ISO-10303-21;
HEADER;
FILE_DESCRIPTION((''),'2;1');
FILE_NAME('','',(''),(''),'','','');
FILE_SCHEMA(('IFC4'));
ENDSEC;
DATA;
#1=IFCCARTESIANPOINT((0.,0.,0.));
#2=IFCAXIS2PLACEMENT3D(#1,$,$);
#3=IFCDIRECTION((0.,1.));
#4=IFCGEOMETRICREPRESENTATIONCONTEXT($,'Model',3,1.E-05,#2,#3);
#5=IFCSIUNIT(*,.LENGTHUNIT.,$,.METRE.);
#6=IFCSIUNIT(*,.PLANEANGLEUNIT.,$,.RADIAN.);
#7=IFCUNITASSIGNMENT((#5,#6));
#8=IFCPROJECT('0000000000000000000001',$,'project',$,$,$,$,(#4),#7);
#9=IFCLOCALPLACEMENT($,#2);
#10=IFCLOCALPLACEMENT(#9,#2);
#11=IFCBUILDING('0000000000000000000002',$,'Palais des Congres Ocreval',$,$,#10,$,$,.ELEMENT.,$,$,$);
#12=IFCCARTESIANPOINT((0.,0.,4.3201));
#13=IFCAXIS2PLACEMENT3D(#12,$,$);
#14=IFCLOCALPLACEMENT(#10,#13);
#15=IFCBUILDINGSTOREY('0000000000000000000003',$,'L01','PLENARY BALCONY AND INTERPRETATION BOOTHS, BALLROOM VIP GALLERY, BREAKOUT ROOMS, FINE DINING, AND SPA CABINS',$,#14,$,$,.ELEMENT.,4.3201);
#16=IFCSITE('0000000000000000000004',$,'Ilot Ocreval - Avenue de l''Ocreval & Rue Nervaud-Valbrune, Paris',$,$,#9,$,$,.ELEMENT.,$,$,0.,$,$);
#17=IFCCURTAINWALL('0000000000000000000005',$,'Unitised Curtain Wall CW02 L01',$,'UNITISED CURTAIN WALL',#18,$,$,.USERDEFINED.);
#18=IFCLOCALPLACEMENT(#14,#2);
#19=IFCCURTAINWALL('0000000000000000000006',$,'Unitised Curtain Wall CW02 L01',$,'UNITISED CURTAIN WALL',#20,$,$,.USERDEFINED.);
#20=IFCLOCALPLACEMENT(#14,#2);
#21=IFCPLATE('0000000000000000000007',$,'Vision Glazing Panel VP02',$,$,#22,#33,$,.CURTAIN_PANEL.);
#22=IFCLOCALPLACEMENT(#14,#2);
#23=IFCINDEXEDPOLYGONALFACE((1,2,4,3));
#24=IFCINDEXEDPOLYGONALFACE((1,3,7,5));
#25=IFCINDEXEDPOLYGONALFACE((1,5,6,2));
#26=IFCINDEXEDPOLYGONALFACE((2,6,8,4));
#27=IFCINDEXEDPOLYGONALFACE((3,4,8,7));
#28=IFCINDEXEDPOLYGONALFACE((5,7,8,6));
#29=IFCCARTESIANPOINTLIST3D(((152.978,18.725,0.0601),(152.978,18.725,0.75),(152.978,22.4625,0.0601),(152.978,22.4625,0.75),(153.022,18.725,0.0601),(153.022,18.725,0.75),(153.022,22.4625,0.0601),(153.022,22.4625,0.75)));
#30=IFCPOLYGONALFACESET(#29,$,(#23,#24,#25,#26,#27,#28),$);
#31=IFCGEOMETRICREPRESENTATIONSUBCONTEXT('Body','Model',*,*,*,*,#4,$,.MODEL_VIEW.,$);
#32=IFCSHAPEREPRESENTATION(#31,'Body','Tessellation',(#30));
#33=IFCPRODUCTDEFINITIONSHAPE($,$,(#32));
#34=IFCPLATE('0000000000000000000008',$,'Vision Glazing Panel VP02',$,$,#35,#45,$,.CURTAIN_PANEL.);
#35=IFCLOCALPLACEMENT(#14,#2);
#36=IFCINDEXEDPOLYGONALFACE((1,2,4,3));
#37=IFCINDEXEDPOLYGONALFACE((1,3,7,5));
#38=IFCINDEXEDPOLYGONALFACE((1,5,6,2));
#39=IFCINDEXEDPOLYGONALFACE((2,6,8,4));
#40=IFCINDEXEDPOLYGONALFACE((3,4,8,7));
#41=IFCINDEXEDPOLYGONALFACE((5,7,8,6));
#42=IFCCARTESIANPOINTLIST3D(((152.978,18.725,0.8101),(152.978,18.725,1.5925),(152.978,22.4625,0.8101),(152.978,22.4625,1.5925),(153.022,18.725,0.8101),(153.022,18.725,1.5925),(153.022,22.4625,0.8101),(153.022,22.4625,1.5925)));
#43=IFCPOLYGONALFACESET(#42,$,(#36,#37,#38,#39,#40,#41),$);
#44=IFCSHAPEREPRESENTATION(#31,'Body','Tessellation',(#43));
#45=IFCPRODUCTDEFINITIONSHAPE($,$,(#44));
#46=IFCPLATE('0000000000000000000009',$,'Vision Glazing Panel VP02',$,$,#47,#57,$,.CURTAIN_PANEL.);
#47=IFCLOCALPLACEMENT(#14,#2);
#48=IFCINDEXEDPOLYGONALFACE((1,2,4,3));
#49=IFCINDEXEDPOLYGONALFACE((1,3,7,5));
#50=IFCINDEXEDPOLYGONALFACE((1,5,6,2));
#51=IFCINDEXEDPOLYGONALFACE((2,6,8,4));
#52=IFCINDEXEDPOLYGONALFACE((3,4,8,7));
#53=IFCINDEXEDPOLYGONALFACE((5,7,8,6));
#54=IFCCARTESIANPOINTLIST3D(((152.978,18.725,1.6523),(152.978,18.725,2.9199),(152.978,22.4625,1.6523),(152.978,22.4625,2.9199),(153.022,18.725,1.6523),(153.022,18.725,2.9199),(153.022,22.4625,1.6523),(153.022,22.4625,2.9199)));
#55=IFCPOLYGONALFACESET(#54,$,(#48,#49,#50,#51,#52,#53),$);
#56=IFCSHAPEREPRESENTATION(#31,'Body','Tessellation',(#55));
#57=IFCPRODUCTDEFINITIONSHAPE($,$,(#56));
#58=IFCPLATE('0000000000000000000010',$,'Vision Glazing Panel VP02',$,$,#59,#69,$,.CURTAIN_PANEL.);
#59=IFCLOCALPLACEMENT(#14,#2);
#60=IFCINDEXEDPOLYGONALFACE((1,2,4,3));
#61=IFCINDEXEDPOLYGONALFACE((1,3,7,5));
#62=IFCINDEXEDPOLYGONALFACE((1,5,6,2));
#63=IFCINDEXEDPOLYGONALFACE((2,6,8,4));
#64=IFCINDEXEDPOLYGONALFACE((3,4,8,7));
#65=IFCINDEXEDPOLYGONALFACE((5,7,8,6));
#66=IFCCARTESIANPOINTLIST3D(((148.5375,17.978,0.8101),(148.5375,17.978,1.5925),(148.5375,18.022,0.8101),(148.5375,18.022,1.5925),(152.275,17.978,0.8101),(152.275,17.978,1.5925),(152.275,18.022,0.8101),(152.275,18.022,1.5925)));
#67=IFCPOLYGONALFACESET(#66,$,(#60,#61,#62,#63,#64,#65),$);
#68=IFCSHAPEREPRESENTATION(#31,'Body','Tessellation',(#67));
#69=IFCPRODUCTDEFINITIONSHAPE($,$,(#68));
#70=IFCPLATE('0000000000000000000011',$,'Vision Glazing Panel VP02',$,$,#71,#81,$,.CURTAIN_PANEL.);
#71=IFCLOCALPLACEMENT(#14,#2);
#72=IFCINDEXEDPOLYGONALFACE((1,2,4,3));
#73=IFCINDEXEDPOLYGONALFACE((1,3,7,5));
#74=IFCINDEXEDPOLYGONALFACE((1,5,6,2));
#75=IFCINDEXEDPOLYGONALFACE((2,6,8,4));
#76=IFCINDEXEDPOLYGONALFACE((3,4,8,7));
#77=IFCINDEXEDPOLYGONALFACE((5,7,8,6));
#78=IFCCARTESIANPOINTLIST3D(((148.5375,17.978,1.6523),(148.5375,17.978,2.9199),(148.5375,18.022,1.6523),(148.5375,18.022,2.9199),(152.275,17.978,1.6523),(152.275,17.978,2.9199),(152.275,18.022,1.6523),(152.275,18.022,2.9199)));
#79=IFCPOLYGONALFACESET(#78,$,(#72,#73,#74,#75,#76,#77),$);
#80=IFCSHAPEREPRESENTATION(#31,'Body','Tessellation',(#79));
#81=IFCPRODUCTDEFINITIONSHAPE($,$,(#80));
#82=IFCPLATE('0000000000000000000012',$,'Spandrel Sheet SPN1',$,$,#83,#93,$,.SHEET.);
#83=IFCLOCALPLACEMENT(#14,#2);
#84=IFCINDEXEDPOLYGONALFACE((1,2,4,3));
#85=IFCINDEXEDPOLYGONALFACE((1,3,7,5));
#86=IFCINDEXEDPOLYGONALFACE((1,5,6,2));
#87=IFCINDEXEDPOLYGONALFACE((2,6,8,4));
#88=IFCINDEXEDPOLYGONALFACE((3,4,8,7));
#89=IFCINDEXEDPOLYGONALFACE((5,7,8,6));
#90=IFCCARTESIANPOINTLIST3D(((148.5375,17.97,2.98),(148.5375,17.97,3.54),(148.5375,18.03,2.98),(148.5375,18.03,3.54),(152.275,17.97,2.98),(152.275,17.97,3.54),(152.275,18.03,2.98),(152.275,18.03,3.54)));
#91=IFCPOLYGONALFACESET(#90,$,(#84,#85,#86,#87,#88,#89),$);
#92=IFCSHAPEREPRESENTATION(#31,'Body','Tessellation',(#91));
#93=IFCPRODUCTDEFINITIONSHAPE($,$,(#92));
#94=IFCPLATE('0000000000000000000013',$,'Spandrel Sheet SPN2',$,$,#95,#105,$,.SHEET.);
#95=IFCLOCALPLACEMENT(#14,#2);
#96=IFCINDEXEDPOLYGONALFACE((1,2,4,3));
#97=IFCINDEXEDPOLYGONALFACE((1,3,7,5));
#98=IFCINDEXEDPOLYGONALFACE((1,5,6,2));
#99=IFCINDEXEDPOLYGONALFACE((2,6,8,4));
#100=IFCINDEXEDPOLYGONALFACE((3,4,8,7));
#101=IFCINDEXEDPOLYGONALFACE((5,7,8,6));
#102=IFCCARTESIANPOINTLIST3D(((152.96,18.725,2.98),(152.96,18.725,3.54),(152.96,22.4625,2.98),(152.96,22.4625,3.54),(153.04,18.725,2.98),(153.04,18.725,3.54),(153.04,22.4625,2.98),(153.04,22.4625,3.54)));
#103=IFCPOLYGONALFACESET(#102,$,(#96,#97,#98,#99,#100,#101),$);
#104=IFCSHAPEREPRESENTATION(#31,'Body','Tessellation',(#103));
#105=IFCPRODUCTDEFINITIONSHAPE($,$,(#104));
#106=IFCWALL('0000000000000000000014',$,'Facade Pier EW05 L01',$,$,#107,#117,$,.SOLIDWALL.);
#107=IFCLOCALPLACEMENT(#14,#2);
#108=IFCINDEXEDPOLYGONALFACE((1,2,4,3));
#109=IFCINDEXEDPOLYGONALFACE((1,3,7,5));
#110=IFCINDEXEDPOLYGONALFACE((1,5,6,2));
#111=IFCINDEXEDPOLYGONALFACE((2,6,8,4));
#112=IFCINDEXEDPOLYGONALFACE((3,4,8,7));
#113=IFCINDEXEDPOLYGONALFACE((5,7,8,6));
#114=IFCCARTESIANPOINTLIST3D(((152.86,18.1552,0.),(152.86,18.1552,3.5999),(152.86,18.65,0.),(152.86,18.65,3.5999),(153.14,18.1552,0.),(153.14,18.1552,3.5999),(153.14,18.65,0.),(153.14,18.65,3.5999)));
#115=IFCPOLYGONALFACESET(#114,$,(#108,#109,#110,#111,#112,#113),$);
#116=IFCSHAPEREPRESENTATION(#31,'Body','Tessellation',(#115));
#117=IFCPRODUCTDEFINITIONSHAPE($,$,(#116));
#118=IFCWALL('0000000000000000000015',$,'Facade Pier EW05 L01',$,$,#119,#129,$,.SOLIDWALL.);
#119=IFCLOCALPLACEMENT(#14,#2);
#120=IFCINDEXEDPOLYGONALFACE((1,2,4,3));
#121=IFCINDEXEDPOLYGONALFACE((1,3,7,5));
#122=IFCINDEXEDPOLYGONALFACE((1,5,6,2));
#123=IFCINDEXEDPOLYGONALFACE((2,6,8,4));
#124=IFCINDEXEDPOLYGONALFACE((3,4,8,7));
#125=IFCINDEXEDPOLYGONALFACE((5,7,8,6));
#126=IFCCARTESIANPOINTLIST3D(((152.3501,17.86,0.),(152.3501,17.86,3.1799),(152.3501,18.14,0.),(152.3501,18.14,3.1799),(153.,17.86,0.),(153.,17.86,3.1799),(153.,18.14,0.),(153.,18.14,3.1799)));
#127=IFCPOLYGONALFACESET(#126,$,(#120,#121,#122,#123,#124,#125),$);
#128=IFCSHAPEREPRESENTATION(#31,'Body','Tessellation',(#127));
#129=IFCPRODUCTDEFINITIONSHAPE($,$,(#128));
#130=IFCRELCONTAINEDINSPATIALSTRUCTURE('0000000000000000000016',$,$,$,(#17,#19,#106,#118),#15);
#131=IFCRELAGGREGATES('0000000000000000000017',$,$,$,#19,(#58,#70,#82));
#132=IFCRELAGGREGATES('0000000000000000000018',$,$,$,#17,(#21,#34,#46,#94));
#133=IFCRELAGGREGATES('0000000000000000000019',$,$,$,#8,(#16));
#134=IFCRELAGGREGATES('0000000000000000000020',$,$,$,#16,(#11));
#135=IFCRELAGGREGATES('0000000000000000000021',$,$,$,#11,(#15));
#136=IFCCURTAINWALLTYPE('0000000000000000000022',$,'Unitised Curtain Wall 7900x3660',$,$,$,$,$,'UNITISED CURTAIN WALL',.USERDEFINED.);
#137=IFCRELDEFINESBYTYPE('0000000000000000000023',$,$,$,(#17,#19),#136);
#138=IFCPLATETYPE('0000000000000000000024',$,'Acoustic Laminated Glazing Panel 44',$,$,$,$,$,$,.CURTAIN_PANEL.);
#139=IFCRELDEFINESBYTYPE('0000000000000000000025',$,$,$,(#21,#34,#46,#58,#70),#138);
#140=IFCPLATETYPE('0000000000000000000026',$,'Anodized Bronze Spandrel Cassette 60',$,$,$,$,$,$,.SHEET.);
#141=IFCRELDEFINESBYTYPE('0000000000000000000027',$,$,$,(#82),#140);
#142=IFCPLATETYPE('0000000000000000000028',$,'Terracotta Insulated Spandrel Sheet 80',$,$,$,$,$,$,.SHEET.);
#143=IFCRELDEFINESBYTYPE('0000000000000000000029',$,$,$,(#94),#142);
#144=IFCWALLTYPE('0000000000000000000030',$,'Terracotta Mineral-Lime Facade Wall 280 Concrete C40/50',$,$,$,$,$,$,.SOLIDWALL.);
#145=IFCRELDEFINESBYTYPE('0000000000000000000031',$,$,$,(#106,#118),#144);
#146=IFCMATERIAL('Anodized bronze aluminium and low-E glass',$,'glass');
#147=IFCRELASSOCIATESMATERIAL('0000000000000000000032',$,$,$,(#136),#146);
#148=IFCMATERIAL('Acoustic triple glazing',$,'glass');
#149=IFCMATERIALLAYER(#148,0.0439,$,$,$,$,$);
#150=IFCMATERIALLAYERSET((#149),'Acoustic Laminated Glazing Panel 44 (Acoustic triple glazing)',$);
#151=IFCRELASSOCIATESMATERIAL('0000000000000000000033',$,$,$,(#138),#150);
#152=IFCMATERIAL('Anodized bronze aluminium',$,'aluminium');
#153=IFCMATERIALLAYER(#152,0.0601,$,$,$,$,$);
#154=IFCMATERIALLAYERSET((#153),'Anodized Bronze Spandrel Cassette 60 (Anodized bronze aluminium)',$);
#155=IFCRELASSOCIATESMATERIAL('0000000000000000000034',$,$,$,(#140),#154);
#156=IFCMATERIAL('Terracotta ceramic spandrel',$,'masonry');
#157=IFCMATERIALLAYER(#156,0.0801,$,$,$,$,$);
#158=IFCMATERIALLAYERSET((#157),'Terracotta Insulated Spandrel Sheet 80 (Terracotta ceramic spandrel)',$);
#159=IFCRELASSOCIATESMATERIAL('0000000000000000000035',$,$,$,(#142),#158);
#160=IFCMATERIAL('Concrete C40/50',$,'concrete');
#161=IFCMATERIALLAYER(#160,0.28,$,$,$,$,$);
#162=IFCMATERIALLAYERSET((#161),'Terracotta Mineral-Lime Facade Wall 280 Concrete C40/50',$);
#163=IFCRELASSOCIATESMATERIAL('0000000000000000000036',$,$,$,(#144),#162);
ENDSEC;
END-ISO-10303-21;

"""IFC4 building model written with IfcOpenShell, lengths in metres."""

from ifc_helpers import new_model, si_unit, direction, frame, frame_2d, origin, origin_2d, place, context, subcontext, project, spatial, rectangle, extrude, material, layer, layer_set, type_object, element, aggregate, save


model = new_model("IFC4")

# Units and contexts
model_context = context("Model", 3, precision=1e-05, world=origin(), true_north=direction((0.0, 1.0)))
body_context = subcontext(model_context, "Body", "Model", "MODEL_VIEW")
ifc_project = project(units=[si_unit("LENGTHUNIT", "METRE"), si_unit("PLANEANGLEUNIT", "RADIAN")], contexts=[model_context])

# Site, building, storey
site_placement = place(None, origin())
site = spatial("IfcSite", under=ifc_project, at=site_placement, Name="Ilot Ocreval - Avenue de l'Ocreval & Rue Nervaud-Valbrune, Paris", CompositionType="ELEMENT", RefElevation=0.0)
building_placement = place(site_placement, origin())
building = spatial("IfcBuilding", under=site, at=building_placement, Name="Palais des Congres Ocreval", CompositionType="ELEMENT")
storey_placement = place(building_placement, frame((0.0, 0.0, 4.3201)))
storey = spatial("IfcBuildingStorey", under=building, at=storey_placement, Name="L01", Description="PLENARY BALCONY AND INTERPRETATION BOOTHS, BALLROOM VIP GALLERY, BREAKOUT ROOMS, FINE DINING, AND SPA CABINS", CompositionType="ELEMENT", Elevation=4.3201)

# Curtain wall
ifc_material_1 = material(Name="Anodized bronze aluminium and low-E glass", Category="glass")
curtain_wall_type = type_object("IfcCurtainWallType", Name="Unitised Curtain Wall 7900x3660", ElementType="UNITISED CURTAIN WALL", PredefinedType="USERDEFINED", material=ifc_material_1)
curtain_wall_1_placement = place(storey_placement, origin())
curtain_wall_1 = element("IfcCurtainWall", 1, at=curtain_wall_1_placement, inside=storey, type_object=curtain_wall_type, Name="Unitised Curtain Wall CW02 L01", ObjectType="UNITISED CURTAIN WALL", PredefinedType="USERDEFINED")
ifc_material_2 = material(Name="Anodized bronze aluminium", Category="aluminium")

# Curtain wall
curtain_wall_2_placement = place(storey_placement, origin())
curtain_wall_2 = element("IfcCurtainWall", 2, at=curtain_wall_2_placement, inside=storey, type_object=curtain_wall_type, Name="Unitised Curtain Wall CW02 L01", ObjectType="UNITISED CURTAIN WALL", PredefinedType="USERDEFINED")

# Plates
ifc_material_3 = material(Name="Acoustic triple glazing", Category="glass")
ifc_layer_1 = layer(ifc_material_3, 0.0439)
ifc_layer_set_1 = layer_set([ifc_layer_1], Name="Acoustic Laminated Glazing Panel 44 (Acoustic triple glazing)")
plate_type_1 = type_object("IfcPlateType", Name="Acoustic Laminated Glazing Panel 44", PredefinedType="CURTAIN_PANEL", material=ifc_layer_set_1)
plate_1_placement = place(storey_placement, frame((153.0, 20.5938, 0.0601), z_axis=(0.0, 0.0, 1.0), x_axis=(0.0, 1.0, 0.0)))
plate_1 = element("IfcPlate", 3, at=plate_1_placement, type_object=plate_type_1, Name="Vision Glazing Panel VP02", PredefinedType="CURTAIN_PANEL", context=body_context, shape_type="SweptSolid", body=[
    extrude(rectangle(XDim=3.7375, YDim=0.0439, at=origin_2d()), origin(), (0.0, 0.0, 1.0), 0.6899),
])
plate_2_placement = place(storey_placement, frame((153.0, 20.5938, 0.8101), z_axis=(0.0, 0.0, 1.0), x_axis=(0.0, 1.0, 0.0)))
plate_2 = element("IfcPlate", 4, at=plate_2_placement, type_object=plate_type_1, Name="Vision Glazing Panel VP02", PredefinedType="CURTAIN_PANEL", context=body_context, shape_type="SweptSolid", body=[
    extrude(rectangle(XDim=3.7375, YDim=0.0439, at=origin_2d()), origin(), (0.0, 0.0, 1.0), 0.7825),
])
plate_3_placement = place(storey_placement, frame((153.0, 20.5938, 1.6523), z_axis=(0.0, 0.0, 1.0), x_axis=(0.0, 1.0, 0.0)))
plate_3 = element("IfcPlate", 5, at=plate_3_placement, type_object=plate_type_1, Name="Vision Glazing Panel VP02", PredefinedType="CURTAIN_PANEL", context=body_context, shape_type="SweptSolid", body=[
    extrude(rectangle(XDim=3.7375, YDim=0.0439, at=origin_2d()), origin(), (0.0, 0.0, 1.0), 1.2676),
])
plate_4_placement = place(storey_placement, frame((150.4062, 18.0, 0.8101), z_axis=(0.0, 0.0, 1.0), x_axis=(1.0, 0.0, 0.0)))
plate_4 = element("IfcPlate", 6, at=plate_4_placement, type_object=plate_type_1, Name="Vision Glazing Panel VP02", PredefinedType="CURTAIN_PANEL", context=body_context, shape_type="SweptSolid", body=[
    extrude(rectangle(XDim=3.7375, YDim=0.0439, at=origin_2d()), origin(), (0.0, 0.0, 1.0), 0.7825),
])
plate_5_placement = place(storey_placement, frame((150.4062, 18.0, 1.6523), z_axis=(0.0, 0.0, 1.0), x_axis=(1.0, 0.0, 0.0)))
plate_5 = element("IfcPlate", 7, at=plate_5_placement, type_object=plate_type_1, Name="Vision Glazing Panel VP02", PredefinedType="CURTAIN_PANEL", context=body_context, shape_type="SweptSolid", body=[
    extrude(rectangle(XDim=3.7375, YDim=0.0439, at=origin_2d()), origin(), (0.0, 0.0, 1.0), 1.2676),
])
ifc_layer_2 = layer(ifc_material_2, 0.0601)
ifc_layer_set_2 = layer_set([ifc_layer_2], Name="Anodized Bronze Spandrel Cassette 60 (Anodized bronze aluminium)")
plate_type_2 = type_object("IfcPlateType", Name="Anodized Bronze Spandrel Cassette 60", PredefinedType="SHEET", material=ifc_layer_set_2)
plate_6_placement = place(storey_placement, frame((150.4062, 18.0, 2.98), z_axis=(0.0, 0.0, 1.0), x_axis=(1.0, 0.0, 0.0)))
plate_6 = element("IfcPlate", 8, at=plate_6_placement, type_object=plate_type_2, Name="Spandrel Sheet SPN1", PredefinedType="SHEET", context=body_context, shape_type="SweptSolid", body=[
    extrude(rectangle(XDim=3.7375, YDim=0.0601, at=origin_2d()), origin(), (0.0, 0.0, 1.0), 0.5601),
])
aggregate(curtain_wall_2, [plate_4, plate_5, plate_6])
ifc_material_4 = material(Name="Terracotta ceramic spandrel", Category="masonry")
ifc_layer_3 = layer(ifc_material_4, 0.0801)
ifc_layer_set_3 = layer_set([ifc_layer_3], Name="Terracotta Insulated Spandrel Sheet 80 (Terracotta ceramic spandrel)")
plate_type_3 = type_object("IfcPlateType", Name="Terracotta Insulated Spandrel Sheet 80", PredefinedType="SHEET", material=ifc_layer_set_3)
plate_7_placement = place(storey_placement, frame((153.0, 20.5938, 2.98), z_axis=(0.0, 0.0, 1.0), x_axis=(0.0, 1.0, 0.0)))
plate_7 = element("IfcPlate", 9, at=plate_7_placement, type_object=plate_type_3, Name="Spandrel Sheet SPN2", PredefinedType="SHEET", context=body_context, shape_type="SweptSolid", body=[
    extrude(rectangle(XDim=3.7375, YDim=0.0801, at=origin_2d()), origin(), (0.0, 0.0, 1.0), 0.5601),
])
aggregate(curtain_wall_1, [plate_1, plate_2, plate_3, plate_7])

# Walls
ifc_material_5 = material(Name="Concrete C40/50", Category="concrete")
ifc_layer_4 = layer(ifc_material_5, 0.28)
ifc_layer_set_4 = layer_set([ifc_layer_4], Name="Terracotta Mineral-Lime Facade Wall 280 Concrete C40/50")
wall_type = type_object("IfcWallType", Name="Terracotta Mineral-Lime Facade Wall 280 Concrete C40/50", PredefinedType="SOLIDWALL", material=ifc_layer_set_4)
wall_1_placement = place(storey_placement, frame((153.0, 18.155, 0.0), z_axis=(0.0, 0.0, 1.0), x_axis=(0.0, 1.0, 0.0)))
element("IfcWall", 10, at=wall_1_placement, inside=storey, type_object=wall_type, Name="Facade Pier EW05 L01", PredefinedType="SOLIDWALL", context=body_context, shape_type="SweptSolid", body=[
    extrude(rectangle(XDim=0.4949, YDim=0.28, at=frame_2d((0.2476, 0.0))), origin(), (0.0, 0.0, 1.0), 3.5999),
])
wall_2_placement = place(storey_placement, frame((152.3501, 18.0, 0.0), z_axis=(0.0, 0.0, 1.0), x_axis=(1.0, 0.0, 0.0)))
element("IfcWall", 11, at=wall_2_placement, inside=storey, type_object=wall_type, Name="Facade Pier EW05 L01", PredefinedType="SOLIDWALL", context=body_context, shape_type="SweptSolid", body=[
    extrude(rectangle(XDim=0.6499, YDim=0.28, at=frame_2d((0.325, 0.0))), origin(), (0.0, 0.0, 1.0), 3.1799),
])

save(model, "model.ifc")
